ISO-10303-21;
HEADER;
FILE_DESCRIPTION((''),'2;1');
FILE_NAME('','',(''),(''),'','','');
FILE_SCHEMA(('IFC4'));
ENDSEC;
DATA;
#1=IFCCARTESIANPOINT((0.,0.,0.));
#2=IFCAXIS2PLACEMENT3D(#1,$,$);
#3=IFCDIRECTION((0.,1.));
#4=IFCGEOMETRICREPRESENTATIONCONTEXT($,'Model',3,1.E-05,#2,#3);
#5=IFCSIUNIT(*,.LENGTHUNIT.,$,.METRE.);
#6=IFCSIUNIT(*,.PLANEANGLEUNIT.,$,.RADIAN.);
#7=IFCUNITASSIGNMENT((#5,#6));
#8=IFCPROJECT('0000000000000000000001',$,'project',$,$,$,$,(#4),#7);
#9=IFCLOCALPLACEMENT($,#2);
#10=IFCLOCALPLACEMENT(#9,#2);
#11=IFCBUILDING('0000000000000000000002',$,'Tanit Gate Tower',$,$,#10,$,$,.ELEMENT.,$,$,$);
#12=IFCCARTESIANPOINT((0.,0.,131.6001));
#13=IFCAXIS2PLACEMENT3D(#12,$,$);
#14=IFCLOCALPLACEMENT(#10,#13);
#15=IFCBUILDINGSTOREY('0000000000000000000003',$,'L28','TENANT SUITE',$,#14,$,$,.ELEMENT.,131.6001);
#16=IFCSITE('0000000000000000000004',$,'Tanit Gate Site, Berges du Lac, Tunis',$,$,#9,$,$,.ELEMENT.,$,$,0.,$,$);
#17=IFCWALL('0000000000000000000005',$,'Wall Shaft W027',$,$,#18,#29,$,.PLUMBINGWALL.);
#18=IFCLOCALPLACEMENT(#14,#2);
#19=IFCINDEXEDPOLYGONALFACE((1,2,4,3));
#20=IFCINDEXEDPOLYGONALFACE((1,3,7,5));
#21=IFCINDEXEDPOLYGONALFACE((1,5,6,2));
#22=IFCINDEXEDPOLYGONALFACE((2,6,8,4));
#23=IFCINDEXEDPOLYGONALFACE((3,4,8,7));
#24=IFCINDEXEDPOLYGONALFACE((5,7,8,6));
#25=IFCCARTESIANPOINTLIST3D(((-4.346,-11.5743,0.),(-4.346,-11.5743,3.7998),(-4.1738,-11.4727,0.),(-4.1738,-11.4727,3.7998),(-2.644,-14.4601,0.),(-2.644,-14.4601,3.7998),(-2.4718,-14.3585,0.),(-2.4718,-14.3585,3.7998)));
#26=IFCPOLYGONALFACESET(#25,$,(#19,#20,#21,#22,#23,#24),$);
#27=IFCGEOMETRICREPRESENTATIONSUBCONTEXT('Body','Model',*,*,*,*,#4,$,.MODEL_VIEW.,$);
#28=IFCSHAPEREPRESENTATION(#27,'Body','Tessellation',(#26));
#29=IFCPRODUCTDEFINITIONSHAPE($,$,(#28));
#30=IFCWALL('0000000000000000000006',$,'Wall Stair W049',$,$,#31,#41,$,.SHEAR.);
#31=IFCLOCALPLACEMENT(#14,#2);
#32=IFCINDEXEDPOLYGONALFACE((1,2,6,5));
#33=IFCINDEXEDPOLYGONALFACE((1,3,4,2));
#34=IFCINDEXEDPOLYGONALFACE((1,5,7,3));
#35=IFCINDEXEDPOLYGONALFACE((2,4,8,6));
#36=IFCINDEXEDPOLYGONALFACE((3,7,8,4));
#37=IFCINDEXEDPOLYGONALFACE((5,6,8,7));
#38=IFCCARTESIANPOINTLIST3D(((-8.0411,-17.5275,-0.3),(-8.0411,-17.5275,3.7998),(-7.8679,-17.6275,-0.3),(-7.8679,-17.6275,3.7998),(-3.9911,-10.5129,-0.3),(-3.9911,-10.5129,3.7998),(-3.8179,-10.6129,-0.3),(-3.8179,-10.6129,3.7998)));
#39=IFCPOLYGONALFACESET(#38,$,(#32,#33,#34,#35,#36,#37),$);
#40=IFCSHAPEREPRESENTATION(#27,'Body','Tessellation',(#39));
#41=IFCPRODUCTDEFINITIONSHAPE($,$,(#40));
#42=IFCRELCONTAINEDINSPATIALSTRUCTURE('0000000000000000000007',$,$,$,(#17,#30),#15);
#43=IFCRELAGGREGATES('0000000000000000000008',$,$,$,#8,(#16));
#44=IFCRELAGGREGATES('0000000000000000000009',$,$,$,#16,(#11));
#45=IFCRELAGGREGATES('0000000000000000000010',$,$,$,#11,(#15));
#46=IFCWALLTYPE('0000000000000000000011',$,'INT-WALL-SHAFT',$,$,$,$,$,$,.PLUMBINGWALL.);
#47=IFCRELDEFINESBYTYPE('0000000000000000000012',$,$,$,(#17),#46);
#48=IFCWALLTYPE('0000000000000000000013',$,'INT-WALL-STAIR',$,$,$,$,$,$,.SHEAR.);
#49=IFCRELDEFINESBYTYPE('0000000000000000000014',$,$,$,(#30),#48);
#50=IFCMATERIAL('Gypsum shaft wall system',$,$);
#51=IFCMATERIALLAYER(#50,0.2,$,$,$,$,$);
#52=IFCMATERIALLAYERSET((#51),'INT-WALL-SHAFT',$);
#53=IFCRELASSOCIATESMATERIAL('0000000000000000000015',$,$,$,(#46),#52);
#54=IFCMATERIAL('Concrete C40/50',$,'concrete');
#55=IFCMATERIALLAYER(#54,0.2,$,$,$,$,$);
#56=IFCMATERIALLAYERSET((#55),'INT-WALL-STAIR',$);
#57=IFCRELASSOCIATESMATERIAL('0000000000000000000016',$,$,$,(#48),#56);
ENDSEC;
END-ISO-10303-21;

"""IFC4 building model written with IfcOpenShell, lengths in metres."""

from ifc_helpers import new_model, si_unit, direction, frame, frame_2d, origin, place, context, subcontext, project, spatial, rectangle, extrude, material, layer, layer_set, type_object, element, save


model = new_model("IFC4")

# Units and contexts
model_context = context("Model", 3, precision=1e-05, world=origin(), true_north=direction((0.0, 1.0)))
body_context = subcontext(model_context, "Body", "Model", "MODEL_VIEW")
ifc_project = project(units=[si_unit("LENGTHUNIT", "METRE"), si_unit("PLANEANGLEUNIT", "RADIAN")], contexts=[model_context])

# Site, building, storey
site_placement = place(None, origin())
site = spatial("IfcSite", under=ifc_project, at=site_placement, Name="Tanit Gate Site, Berges du Lac, Tunis", CompositionType="ELEMENT", RefElevation=0.0)
building_placement = place(site_placement, origin())
building = spatial("IfcBuilding", under=site, at=building_placement, Name="Tanit Gate Tower", CompositionType="ELEMENT")
storey_placement = place(building_placement, frame((0.0, 0.0, 131.6001)))
storey = spatial("IfcBuildingStorey", under=building, at=storey_placement, Name="L28", Description="TENANT SUITE", CompositionType="ELEMENT", Elevation=131.6001)

# Walls
ifc_material_1 = material(Name="Gypsum shaft wall system")
ifc_layer_1 = layer(ifc_material_1, 0.2)
ifc_layer_set_1 = layer_set([ifc_layer_1], Name="INT-WALL-SHAFT")
wall_type_1 = type_object("IfcWallType", Name="INT-WALL-SHAFT", PredefinedType="PLUMBINGWALL", material=ifc_layer_set_1)
wall_1_placement = place(storey_placement, frame((-2.5579, -14.4094, 0.0), z_axis=(0.0, 0.0, 1.0), x_axis=(-0.507997, 0.861359, 0.0)))
element("IfcWall", 1, at=wall_1_placement, inside=storey, type_object=wall_type_1, Name="Wall Shaft W027", PredefinedType="PLUMBINGWALL", context=body_context, shape_type="SweptSolid", body=[
    extrude(rectangle(XDim=3.3503, YDim=0.2, at=frame_2d((1.6753, 0.0))), origin(), (0.0, 0.0, 1.0), 3.7998),
])
ifc_material_2 = material(Name="Concrete C40/50", Category="concrete")
ifc_layer_2 = layer(ifc_material_2, 0.2)
ifc_layer_set_2 = layer_set([ifc_layer_2], Name="INT-WALL-STAIR")
wall_type_2 = type_object("IfcWallType", Name="INT-WALL-STAIR", PredefinedType="SHEAR", material=ifc_layer_set_2)
wall_2_placement = place(storey_placement, frame((-3.9045, -10.563, -0.3), z_axis=(0.0, 0.0, 1.0), x_axis=(-0.500013, -0.866018, 0.0)))
element("IfcWall", 2, at=wall_2_placement, inside=storey, type_object=wall_type_2, Name="Wall Stair W049", PredefinedType="SHEAR", context=body_context, shape_type="SweptSolid", body=[
    extrude(rectangle(XDim=8.0999, YDim=0.2, at=frame_2d((4.0498, 0.0))), origin(), (0.0, 0.0, 1.0), 4.0999),
])

save(model, "model.ifc")
